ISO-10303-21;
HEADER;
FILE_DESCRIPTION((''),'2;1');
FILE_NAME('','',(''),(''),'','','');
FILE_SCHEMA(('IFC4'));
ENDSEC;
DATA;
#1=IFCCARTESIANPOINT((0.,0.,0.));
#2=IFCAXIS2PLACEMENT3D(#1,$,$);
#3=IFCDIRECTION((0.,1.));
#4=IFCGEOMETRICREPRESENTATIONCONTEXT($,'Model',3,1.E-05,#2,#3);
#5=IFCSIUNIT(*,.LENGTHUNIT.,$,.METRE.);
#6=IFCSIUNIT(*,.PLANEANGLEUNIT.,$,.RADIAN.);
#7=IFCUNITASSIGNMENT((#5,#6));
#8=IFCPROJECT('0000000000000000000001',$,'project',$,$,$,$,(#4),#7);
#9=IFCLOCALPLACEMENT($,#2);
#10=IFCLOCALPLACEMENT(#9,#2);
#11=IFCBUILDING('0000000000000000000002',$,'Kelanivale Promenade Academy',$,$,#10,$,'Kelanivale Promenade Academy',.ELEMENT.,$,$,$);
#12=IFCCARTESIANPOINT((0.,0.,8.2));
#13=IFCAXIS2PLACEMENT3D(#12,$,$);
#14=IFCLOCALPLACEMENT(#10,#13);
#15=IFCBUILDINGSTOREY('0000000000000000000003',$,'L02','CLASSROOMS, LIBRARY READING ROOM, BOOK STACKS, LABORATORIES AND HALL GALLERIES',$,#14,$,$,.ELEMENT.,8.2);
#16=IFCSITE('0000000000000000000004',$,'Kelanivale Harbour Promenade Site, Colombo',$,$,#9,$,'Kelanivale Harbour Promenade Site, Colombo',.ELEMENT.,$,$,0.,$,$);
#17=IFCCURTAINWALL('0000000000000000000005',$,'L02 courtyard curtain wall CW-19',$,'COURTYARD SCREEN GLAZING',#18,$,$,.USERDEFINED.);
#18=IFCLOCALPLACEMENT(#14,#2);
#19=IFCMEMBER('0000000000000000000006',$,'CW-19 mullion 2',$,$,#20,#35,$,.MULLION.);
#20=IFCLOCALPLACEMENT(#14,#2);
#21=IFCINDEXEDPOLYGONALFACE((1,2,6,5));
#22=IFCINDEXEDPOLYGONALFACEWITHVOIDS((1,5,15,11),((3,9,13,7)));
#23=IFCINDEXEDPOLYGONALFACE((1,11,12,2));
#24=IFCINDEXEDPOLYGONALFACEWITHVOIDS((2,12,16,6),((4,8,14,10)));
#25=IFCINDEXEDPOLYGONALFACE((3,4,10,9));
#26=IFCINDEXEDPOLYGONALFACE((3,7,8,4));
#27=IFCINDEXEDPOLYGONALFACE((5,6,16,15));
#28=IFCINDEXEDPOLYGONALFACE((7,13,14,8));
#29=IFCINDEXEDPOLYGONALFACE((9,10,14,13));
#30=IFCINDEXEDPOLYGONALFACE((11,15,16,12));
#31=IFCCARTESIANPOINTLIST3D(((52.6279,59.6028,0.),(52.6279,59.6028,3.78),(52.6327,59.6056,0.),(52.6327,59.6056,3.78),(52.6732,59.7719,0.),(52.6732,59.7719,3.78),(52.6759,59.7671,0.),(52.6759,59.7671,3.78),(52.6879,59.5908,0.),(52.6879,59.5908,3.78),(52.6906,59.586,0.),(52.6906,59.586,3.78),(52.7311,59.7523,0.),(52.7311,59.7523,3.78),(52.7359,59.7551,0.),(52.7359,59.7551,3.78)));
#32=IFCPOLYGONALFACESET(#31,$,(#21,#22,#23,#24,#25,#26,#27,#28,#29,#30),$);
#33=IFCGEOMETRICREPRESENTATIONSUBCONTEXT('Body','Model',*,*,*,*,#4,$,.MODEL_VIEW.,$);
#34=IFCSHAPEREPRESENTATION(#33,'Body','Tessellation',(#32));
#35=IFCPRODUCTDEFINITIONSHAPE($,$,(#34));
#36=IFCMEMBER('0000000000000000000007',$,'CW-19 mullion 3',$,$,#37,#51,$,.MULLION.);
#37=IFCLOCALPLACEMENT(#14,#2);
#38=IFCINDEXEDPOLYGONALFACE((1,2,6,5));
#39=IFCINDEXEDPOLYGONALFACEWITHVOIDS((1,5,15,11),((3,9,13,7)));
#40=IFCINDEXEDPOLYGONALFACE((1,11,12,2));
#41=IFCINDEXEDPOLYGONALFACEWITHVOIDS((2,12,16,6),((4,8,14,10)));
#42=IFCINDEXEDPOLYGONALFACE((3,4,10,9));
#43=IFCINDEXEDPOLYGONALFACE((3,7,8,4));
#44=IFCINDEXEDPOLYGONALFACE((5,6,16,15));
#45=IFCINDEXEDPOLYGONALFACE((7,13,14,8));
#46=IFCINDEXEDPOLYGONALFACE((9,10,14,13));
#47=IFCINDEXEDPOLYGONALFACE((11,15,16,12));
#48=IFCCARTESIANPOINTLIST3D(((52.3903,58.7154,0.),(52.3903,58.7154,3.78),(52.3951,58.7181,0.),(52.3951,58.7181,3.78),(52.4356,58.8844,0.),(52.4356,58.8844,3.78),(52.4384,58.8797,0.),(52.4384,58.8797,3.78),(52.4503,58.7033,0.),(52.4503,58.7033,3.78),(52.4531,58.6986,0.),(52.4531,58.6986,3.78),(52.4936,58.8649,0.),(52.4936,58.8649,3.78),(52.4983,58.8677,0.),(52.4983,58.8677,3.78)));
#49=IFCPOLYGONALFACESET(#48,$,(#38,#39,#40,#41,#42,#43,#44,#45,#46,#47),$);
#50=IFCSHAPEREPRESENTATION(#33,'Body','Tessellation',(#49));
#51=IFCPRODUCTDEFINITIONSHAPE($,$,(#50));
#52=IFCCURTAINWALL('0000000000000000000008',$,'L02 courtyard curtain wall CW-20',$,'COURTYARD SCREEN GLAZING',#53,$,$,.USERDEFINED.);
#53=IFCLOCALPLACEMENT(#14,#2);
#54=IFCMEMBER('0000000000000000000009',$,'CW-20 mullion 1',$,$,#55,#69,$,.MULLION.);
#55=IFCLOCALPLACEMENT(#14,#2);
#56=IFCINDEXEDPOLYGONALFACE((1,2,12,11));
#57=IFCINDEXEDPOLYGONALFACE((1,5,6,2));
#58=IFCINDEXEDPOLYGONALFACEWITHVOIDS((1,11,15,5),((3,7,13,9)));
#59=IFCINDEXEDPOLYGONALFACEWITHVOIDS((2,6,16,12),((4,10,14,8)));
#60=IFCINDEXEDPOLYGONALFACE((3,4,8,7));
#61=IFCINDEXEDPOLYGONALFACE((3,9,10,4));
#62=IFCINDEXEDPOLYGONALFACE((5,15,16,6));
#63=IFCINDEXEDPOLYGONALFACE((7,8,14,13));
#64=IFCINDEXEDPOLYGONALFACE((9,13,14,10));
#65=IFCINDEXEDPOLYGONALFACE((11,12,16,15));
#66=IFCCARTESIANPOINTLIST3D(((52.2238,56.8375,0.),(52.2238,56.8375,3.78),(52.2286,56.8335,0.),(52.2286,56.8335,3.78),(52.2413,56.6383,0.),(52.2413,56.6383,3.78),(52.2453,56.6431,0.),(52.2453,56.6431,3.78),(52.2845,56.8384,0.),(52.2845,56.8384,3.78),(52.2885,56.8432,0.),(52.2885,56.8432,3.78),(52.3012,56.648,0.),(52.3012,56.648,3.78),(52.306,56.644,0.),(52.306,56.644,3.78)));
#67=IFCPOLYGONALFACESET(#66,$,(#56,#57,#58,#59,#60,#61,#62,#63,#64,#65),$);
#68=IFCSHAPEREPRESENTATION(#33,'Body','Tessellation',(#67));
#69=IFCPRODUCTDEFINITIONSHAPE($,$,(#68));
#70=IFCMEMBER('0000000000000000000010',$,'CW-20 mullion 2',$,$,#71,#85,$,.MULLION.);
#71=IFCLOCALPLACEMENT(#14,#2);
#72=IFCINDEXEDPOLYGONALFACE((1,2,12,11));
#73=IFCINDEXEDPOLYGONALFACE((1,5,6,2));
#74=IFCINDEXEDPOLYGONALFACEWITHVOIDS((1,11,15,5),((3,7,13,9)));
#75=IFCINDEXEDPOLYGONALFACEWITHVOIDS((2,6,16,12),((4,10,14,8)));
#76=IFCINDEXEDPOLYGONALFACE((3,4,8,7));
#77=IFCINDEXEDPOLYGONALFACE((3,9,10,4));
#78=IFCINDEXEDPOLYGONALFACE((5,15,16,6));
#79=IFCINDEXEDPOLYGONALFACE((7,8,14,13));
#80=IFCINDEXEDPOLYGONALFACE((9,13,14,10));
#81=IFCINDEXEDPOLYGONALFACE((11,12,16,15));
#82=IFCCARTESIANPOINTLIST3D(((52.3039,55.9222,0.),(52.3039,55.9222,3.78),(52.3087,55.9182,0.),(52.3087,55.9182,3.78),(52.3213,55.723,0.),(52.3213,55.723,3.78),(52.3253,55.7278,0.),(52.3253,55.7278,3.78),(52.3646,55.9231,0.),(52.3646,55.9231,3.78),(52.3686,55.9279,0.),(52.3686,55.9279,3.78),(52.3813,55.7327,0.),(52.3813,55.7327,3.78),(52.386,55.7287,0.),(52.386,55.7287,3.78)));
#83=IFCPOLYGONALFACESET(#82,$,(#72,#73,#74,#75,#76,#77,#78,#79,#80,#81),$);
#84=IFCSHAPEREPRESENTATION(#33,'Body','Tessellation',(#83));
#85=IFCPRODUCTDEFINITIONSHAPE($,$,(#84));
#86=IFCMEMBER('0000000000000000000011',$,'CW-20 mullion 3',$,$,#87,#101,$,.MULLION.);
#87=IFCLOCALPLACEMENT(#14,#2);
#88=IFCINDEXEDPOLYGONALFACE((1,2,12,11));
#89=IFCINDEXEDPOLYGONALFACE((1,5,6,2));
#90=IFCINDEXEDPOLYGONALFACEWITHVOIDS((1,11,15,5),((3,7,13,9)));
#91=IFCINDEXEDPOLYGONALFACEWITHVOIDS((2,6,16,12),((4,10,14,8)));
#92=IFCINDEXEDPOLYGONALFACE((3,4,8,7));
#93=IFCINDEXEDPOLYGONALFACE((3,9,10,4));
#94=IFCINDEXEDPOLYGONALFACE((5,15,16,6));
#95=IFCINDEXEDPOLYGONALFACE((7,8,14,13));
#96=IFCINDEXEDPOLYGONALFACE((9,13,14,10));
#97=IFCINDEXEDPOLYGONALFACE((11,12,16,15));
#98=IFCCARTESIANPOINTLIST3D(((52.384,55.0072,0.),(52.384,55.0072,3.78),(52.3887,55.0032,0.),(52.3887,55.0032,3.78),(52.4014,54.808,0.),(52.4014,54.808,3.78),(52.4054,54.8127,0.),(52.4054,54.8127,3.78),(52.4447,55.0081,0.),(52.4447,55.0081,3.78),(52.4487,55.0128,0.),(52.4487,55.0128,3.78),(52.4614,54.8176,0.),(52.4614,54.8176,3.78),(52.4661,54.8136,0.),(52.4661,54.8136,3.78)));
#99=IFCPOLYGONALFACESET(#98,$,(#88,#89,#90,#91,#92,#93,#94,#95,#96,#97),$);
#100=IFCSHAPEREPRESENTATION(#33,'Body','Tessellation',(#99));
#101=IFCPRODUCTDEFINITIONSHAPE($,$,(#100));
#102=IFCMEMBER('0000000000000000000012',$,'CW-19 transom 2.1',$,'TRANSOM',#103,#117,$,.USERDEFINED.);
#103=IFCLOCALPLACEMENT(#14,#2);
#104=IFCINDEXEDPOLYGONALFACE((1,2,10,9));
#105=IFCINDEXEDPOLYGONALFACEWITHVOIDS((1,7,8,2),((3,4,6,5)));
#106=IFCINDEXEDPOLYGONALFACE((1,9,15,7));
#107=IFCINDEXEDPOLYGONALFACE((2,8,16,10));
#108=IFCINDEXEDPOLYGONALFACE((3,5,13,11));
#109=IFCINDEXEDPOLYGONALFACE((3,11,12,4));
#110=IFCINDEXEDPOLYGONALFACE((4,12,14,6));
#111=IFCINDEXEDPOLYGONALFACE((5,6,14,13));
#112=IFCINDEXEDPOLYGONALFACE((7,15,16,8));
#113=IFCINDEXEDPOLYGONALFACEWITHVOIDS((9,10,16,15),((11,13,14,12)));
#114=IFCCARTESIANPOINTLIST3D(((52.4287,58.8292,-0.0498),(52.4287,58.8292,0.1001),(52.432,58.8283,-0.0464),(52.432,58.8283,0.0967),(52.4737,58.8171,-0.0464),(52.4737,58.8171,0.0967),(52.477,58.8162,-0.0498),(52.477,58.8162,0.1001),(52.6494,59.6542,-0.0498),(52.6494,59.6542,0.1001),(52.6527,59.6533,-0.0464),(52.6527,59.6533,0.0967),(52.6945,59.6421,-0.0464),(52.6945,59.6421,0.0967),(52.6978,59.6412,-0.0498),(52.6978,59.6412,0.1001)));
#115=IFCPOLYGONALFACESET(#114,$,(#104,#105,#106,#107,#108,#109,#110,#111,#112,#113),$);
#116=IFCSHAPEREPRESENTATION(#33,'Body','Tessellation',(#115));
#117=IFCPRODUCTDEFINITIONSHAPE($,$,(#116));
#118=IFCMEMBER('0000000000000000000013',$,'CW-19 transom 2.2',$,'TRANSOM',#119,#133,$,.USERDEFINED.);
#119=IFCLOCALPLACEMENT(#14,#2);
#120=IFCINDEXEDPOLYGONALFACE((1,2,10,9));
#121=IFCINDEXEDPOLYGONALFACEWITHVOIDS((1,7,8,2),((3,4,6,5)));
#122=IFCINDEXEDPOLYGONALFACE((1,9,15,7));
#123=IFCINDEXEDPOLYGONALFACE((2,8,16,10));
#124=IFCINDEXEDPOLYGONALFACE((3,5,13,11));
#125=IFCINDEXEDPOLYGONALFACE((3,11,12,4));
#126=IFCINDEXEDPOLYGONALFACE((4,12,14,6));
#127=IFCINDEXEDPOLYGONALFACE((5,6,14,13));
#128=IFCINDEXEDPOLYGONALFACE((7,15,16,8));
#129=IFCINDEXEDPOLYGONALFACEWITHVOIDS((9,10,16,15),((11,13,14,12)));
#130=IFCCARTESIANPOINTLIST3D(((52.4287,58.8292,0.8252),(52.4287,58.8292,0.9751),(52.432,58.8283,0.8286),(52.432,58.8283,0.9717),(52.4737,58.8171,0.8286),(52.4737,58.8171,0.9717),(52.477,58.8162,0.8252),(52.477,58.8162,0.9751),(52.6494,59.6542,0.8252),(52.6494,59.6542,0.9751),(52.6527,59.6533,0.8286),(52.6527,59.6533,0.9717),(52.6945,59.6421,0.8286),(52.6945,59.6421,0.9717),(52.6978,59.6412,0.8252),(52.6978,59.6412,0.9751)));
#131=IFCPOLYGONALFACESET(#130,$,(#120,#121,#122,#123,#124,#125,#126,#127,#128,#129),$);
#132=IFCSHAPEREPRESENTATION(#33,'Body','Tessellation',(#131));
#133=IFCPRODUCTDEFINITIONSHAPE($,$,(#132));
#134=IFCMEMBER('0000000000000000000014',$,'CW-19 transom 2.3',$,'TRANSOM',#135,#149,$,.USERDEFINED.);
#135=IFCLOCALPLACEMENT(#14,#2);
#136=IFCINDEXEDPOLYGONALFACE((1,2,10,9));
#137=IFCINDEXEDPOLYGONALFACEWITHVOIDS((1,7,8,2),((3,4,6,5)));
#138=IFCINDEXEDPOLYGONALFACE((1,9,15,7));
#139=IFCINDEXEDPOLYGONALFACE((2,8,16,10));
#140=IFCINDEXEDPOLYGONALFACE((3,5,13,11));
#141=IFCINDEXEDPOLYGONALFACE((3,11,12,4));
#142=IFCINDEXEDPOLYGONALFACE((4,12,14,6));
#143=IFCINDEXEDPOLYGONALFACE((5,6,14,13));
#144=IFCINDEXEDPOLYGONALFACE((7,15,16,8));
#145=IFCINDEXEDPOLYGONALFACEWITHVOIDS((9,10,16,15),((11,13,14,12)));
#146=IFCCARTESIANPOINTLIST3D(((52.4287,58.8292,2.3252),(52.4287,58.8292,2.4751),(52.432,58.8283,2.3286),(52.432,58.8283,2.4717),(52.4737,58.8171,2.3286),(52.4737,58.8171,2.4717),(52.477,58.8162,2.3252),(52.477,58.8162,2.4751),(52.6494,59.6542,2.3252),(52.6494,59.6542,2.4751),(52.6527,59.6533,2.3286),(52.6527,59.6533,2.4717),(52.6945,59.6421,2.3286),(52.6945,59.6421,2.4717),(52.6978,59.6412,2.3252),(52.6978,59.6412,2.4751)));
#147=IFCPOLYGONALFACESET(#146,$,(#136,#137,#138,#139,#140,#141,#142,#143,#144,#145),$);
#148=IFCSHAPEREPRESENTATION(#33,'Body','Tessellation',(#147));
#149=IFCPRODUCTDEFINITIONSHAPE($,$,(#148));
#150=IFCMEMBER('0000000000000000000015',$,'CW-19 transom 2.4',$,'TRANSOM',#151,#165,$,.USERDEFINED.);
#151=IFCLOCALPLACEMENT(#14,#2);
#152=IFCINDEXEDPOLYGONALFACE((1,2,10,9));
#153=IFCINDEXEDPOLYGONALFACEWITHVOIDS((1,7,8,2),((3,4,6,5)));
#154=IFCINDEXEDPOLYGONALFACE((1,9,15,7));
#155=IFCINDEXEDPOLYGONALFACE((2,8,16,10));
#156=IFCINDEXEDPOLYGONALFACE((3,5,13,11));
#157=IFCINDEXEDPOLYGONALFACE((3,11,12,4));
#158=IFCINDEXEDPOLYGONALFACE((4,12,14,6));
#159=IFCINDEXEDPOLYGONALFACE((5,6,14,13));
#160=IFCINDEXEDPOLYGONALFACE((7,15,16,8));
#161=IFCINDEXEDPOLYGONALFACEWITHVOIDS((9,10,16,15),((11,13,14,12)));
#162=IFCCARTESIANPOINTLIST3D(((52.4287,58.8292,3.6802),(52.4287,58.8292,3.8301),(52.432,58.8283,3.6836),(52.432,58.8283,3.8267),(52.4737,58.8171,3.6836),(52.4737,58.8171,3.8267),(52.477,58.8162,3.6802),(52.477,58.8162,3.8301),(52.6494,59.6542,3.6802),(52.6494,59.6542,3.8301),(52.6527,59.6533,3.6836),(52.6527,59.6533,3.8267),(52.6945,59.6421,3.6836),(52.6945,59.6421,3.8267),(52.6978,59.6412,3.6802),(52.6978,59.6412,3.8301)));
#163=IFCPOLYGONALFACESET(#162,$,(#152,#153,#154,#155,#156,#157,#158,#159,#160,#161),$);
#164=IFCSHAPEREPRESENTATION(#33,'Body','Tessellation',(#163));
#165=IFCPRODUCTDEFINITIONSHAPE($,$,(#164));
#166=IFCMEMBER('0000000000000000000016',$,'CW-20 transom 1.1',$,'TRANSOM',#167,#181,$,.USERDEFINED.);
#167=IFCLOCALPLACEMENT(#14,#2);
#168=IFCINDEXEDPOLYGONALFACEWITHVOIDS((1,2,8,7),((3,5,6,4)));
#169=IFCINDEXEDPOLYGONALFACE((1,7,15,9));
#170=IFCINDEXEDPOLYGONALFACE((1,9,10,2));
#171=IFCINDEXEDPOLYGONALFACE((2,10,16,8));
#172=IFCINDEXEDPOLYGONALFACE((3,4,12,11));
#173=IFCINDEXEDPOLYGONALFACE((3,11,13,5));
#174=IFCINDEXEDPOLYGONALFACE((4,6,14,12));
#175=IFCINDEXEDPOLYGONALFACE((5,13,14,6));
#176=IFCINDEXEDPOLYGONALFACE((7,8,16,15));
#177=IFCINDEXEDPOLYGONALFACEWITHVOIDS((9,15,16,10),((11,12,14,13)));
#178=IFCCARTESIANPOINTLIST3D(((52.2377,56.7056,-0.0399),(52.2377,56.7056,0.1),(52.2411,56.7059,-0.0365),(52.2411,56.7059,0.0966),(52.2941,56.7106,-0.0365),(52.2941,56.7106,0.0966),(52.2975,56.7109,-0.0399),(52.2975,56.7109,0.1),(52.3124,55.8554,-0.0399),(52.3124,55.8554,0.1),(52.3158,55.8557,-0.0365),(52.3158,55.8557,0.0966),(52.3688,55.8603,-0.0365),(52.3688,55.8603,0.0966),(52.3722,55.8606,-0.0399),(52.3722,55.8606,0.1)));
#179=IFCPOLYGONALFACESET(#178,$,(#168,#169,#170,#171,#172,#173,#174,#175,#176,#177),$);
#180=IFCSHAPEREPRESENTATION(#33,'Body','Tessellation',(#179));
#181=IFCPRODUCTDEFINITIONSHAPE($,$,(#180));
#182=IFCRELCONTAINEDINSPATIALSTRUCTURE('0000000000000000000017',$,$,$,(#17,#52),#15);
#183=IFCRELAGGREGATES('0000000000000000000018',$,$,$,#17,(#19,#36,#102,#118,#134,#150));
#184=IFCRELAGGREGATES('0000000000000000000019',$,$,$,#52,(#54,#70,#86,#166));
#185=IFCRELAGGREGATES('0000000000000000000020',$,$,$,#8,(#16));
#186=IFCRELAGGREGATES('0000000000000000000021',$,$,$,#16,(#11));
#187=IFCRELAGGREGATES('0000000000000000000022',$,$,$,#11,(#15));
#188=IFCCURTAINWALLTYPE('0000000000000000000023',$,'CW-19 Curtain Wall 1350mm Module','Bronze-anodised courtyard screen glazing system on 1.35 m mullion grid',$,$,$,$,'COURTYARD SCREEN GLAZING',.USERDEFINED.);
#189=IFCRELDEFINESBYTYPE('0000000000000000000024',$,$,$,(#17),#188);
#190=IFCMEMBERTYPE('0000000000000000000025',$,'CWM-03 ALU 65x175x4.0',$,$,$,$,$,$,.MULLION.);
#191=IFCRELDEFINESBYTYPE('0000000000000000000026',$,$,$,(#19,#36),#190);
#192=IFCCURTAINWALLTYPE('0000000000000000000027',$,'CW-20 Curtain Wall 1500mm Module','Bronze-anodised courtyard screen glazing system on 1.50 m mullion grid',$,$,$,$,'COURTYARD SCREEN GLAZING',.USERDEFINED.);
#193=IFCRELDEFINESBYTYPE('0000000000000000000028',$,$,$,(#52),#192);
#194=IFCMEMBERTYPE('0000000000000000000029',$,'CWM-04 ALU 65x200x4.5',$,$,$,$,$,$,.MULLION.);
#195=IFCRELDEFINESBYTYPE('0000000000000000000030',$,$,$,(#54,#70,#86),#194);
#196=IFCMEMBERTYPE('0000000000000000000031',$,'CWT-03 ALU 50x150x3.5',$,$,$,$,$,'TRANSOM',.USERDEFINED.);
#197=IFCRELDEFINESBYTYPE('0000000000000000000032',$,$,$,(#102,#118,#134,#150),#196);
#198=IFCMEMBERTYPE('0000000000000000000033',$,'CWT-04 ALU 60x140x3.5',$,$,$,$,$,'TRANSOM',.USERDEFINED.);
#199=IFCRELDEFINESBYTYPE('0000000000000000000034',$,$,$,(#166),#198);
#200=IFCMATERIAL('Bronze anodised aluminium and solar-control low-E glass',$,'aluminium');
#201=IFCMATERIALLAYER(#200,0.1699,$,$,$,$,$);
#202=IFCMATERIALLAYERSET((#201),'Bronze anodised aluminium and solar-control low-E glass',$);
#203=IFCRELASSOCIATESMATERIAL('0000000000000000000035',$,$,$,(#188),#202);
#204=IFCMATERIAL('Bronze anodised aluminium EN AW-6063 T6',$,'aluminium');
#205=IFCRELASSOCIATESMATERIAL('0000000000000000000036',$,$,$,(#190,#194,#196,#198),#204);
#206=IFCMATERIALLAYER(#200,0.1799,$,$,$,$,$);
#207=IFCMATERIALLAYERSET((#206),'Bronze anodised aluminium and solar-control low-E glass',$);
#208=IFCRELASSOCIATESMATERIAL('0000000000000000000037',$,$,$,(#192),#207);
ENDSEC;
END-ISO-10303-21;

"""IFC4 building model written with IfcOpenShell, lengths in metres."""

from ifc_helpers import new_model, si_unit, direction, frame, origin, origin_2d, place, context, subcontext, project, spatial, hollow_rectangle, extrude, material, layer, layer_set, material_profile, profile_set, type_object, element, aggregate, save


model = new_model("IFC4")

# Units and contexts
model_context = context("Model", 3, precision=1e-05, world=origin(), true_north=direction((0.0, 1.0)))
body_context = subcontext(model_context, "Body", "Model", "MODEL_VIEW")
ifc_project = project(units=[si_unit("LENGTHUNIT", "METRE"), si_unit("PLANEANGLEUNIT", "RADIAN")], contexts=[model_context])

# Site, building, storey
site_placement = place(None, origin())
site = spatial("IfcSite", under=ifc_project, at=site_placement, Name="Kelanivale Harbour Promenade Site, Colombo", LongName="Kelanivale Harbour Promenade Site, Colombo", CompositionType="ELEMENT", RefElevation=0.0)
building_placement = place(site_placement, origin())
building = spatial("IfcBuilding", under=site, at=building_placement, Name="Kelanivale Promenade Academy", LongName="Kelanivale Promenade Academy", CompositionType="ELEMENT")
storey_placement = place(building_placement, frame((0.0, 0.0, 8.2)))
storey = spatial("IfcBuildingStorey", under=building, at=storey_placement, Name="L02", Description="CLASSROOMS, LIBRARY READING ROOM, BOOK STACKS, LABORATORIES AND HALL GALLERIES", CompositionType="ELEMENT", Elevation=8.2)

# Curtain walls, members
ifc_material_1 = material(Name="Bronze anodised aluminium and solar-control low-E glass", Category="aluminium")
ifc_layer_1 = layer(ifc_material_1, 0.1699)
ifc_layer_set_1 = layer_set([ifc_layer_1], Name="Bronze anodised aluminium and solar-control low-E glass")
curtain_wall_type_1 = type_object("IfcCurtainWallType", Name="CW-19 Curtain Wall 1350mm Module", Description="Bronze-anodised courtyard screen glazing system on 1.35 m mullion grid", ElementType="COURTYARD SCREEN GLAZING", PredefinedType="USERDEFINED", material=ifc_layer_set_1)
curtain_wall_1_placement = place(storey_placement, origin())
curtain_wall_1 = element("IfcCurtainWall", 1, at=curtain_wall_1_placement, inside=storey, type_object=curtain_wall_type_1, Name="L02 courtyard curtain wall CW-19", ObjectType="COURTYARD SCREEN GLAZING", PredefinedType="USERDEFINED")
ifc_material_2 = material(Name="Bronze anodised aluminium EN AW-6063 T6", Category="aluminium")
ifc_material_profile_1 = material_profile(ifc_material_2, hollow_rectangle(XDim=0.0649, YDim=0.175, WallThickness=0.0039, at=origin_2d()), Name="ALU 65x175x4.0")
ifc_profile_set_1 = profile_set([ifc_material_profile_1], Name="Bronze anodised aluminium EN AW-6063 T6")
member_type_1 = type_object("IfcMemberType", Name="CWM-03 ALU 65x175x4.0", PredefinedType="MULLION", material=ifc_profile_set_1)
member_1_placement = place(storey_placement, frame((52.6819, 59.679, 0.0), z_axis=(0.0, 0.0, 1.0), x_axis=(0.96599, -0.258578, 0.0)))
member_1 = element("IfcMember", 2, at=member_1_placement, type_object=member_type_1, Name="CW-19 mullion 2", PredefinedType="MULLION", context=body_context, shape_type="SweptSolid", body=[
    extrude(hollow_rectangle(XDim=0.0649, YDim=0.175, WallThickness=0.0039, at=origin_2d()), origin(), (0.0, 0.0, 1.0), 3.78),
])
member_2_placement = place(storey_placement, frame((52.4443, 58.7915, 0.0), z_axis=(0.0, 0.0, 1.0), x_axis=(0.96599, -0.258578, 0.0)))
member_2 = element("IfcMember", 3, at=member_2_placement, type_object=member_type_1, Name="CW-19 mullion 3", PredefinedType="MULLION", context=body_context, shape_type="SweptSolid", body=[
    extrude(hollow_rectangle(XDim=0.0649, YDim=0.175, WallThickness=0.0039, at=origin_2d()), origin(), (0.0, 0.0, 1.0), 3.78),
])
ifc_layer_2 = layer(ifc_material_1, 0.1799)
ifc_layer_set_2 = layer_set([ifc_layer_2], Name="Bronze anodised aluminium and solar-control low-E glass")
curtain_wall_type_2 = type_object("IfcCurtainWallType", Name="CW-20 Curtain Wall 1500mm Module", Description="Bronze-anodised courtyard screen glazing system on 1.50 m mullion grid", ElementType="COURTYARD SCREEN GLAZING", PredefinedType="USERDEFINED", material=ifc_layer_set_2)
curtain_wall_2_placement = place(storey_placement, origin())
curtain_wall_2 = element("IfcCurtainWall", 4, at=curtain_wall_2_placement, inside=storey, type_object=curtain_wall_type_2, Name="L02 courtyard curtain wall CW-20", ObjectType="COURTYARD SCREEN GLAZING", PredefinedType="USERDEFINED")
ifc_material_profile_2 = material_profile(ifc_material_2, hollow_rectangle(XDim=0.0649, YDim=0.2, WallThickness=0.0044, at=origin_2d()), Name="ALU 65x200x4.5")
ifc_profile_set_2 = profile_set([ifc_material_profile_2], Name="Bronze anodised aluminium EN AW-6063 T6")
member_type_2 = type_object("IfcMemberType", Name="CWM-04 ALU 65x200x4.5", PredefinedType="MULLION", material=ifc_profile_set_2)
member_3_placement = place(storey_placement, frame((52.2649, 56.7407, 0.0), z_axis=(0.0, 0.0, 1.0), x_axis=(0.996185, 0.087265, 0.0)))
member_3 = element("IfcMember", 5, at=member_3_placement, type_object=member_type_2, Name="CW-20 mullion 1", PredefinedType="MULLION", context=body_context, shape_type="SweptSolid", body=[
    extrude(hollow_rectangle(XDim=0.0649, YDim=0.2, WallThickness=0.0044, at=origin_2d()), origin(), (0.0, 0.0, 1.0), 3.78),
])
member_4_placement = place(storey_placement, frame((52.345, 55.8254, 0.0), z_axis=(0.0, 0.0, 1.0), x_axis=(0.996185, 0.087265, 0.0)))
member_4 = element("IfcMember", 6, at=member_4_placement, type_object=member_type_2, Name="CW-20 mullion 2", PredefinedType="MULLION", context=body_context, shape_type="SweptSolid", body=[
    extrude(hollow_rectangle(XDim=0.0649, YDim=0.2, WallThickness=0.0044, at=origin_2d()), origin(), (0.0, 0.0, 1.0), 3.78),
])
member_5_placement = place(storey_placement, frame((52.425, 54.9104, 0.0), z_axis=(0.0, 0.0, 1.0), x_axis=(0.996185, 0.087265, 0.0)))
member_5 = element("IfcMember", 7, at=member_5_placement, type_object=member_type_2, Name="CW-20 mullion 3", PredefinedType="MULLION", context=body_context, shape_type="SweptSolid", body=[
    extrude(hollow_rectangle(XDim=0.0649, YDim=0.2, WallThickness=0.0044, at=origin_2d()), origin(), (0.0, 0.0, 1.0), 3.78),
])

# Members
ifc_material_profile_3 = material_profile(ifc_material_2, hollow_rectangle(XDim=0.05, YDim=0.1499, WallThickness=0.0034, at=origin_2d()), Name="ALU 50x150x3.5")
ifc_profile_set_3 = profile_set([ifc_material_profile_3], Name="Bronze anodised aluminium EN AW-6063 T6")
member_type_3 = type_object("IfcMemberType", Name="CWT-03 ALU 50x150x3.5", ElementType="TRANSOM", PredefinedType="USERDEFINED", material=ifc_profile_set_3)
member_6_placement = place(storey_placement, frame((52.6736, 59.6477, 0.0251), z_axis=(-0.258446, -0.966026, 0.0), x_axis=(0.966026, -0.258446, 0.0)))
member_6 = element("IfcMember", 8, at=member_6_placement, type_object=member_type_3, Name="CW-19 transom 2.1", ObjectType="TRANSOM", PredefinedType="USERDEFINED", context=body_context, shape_type="SweptSolid", body=[
    extrude(hollow_rectangle(XDim=0.05, YDim=0.1499, WallThickness=0.0034, at=origin_2d()), origin(), (0.0, 0.0, 1.0), 0.854),
])
member_7_placement = place(storey_placement, frame((52.6736, 59.6477, 0.9001), z_axis=(-0.258446, -0.966026, 0.0), x_axis=(0.966026, -0.258446, 0.0)))
member_7 = element("IfcMember", 9, at=member_7_placement, type_object=member_type_3, Name="CW-19 transom 2.2", ObjectType="TRANSOM", PredefinedType="USERDEFINED", context=body_context, shape_type="SweptSolid", body=[
    extrude(hollow_rectangle(XDim=0.05, YDim=0.1499, WallThickness=0.0034, at=origin_2d()), origin(), (0.0, 0.0, 1.0), 0.854),
])
member_8_placement = place(storey_placement, frame((52.6736, 59.6477, 2.4001), z_axis=(-0.258446, -0.966026, 0.0), x_axis=(0.966026, -0.258446, 0.0)))
member_8 = element("IfcMember", 10, at=member_8_placement, type_object=member_type_3, Name="CW-19 transom 2.3", ObjectType="TRANSOM", PredefinedType="USERDEFINED", context=body_context, shape_type="SweptSolid", body=[
    extrude(hollow_rectangle(XDim=0.05, YDim=0.1499, WallThickness=0.0034, at=origin_2d()), origin(), (0.0, 0.0, 1.0), 0.854),
])
member_9_placement = place(storey_placement, frame((52.6736, 59.6477, 3.7551), z_axis=(-0.258446, -0.966026, 0.0), x_axis=(0.966026, -0.258446, 0.0)))
member_9 = element("IfcMember", 11, at=member_9_placement, type_object=member_type_3, Name="CW-19 transom 2.4", ObjectType="TRANSOM", PredefinedType="USERDEFINED", context=body_context, shape_type="SweptSolid", body=[
    extrude(hollow_rectangle(XDim=0.05, YDim=0.1499, WallThickness=0.0034, at=origin_2d()), origin(), (0.0, 0.0, 1.0), 0.854),
])
ifc_material_profile_4 = material_profile(ifc_material_2, hollow_rectangle(XDim=0.0601, YDim=0.1399, WallThickness=0.0034, at=origin_2d()), Name="ALU 60x140x3.5")
ifc_profile_set_4 = profile_set([ifc_material_profile_4], Name="Bronze anodised aluminium EN AW-6063 T6")
member_type_4 = type_object("IfcMemberType", Name="CWT-04 ALU 60x140x3.5", ElementType="TRANSOM", PredefinedType="USERDEFINED", material=ifc_profile_set_4)
member_10_placement = place(storey_placement, frame((52.2676, 56.7083, 0.03), z_axis=(0.087518, -0.996163, 0.0), x_axis=(0.996163, 0.087518, 0.0)))
member_10 = element("IfcMember", 12, at=member_10_placement, type_object=member_type_4, Name="CW-20 transom 1.1", ObjectType="TRANSOM", PredefinedType="USERDEFINED", context=body_context, shape_type="SweptSolid", body=[
    extrude(hollow_rectangle(XDim=0.0601, YDim=0.1399, WallThickness=0.0034, at=origin_2d()), origin(), (0.0, 0.0, 1.0), 0.8535),
])

aggregate(curtain_wall_1, [member_1, member_2, member_6, member_7, member_8, member_9])
aggregate(curtain_wall_2, [member_3, member_4, member_5, member_10])

save(model, "model.ifc")
